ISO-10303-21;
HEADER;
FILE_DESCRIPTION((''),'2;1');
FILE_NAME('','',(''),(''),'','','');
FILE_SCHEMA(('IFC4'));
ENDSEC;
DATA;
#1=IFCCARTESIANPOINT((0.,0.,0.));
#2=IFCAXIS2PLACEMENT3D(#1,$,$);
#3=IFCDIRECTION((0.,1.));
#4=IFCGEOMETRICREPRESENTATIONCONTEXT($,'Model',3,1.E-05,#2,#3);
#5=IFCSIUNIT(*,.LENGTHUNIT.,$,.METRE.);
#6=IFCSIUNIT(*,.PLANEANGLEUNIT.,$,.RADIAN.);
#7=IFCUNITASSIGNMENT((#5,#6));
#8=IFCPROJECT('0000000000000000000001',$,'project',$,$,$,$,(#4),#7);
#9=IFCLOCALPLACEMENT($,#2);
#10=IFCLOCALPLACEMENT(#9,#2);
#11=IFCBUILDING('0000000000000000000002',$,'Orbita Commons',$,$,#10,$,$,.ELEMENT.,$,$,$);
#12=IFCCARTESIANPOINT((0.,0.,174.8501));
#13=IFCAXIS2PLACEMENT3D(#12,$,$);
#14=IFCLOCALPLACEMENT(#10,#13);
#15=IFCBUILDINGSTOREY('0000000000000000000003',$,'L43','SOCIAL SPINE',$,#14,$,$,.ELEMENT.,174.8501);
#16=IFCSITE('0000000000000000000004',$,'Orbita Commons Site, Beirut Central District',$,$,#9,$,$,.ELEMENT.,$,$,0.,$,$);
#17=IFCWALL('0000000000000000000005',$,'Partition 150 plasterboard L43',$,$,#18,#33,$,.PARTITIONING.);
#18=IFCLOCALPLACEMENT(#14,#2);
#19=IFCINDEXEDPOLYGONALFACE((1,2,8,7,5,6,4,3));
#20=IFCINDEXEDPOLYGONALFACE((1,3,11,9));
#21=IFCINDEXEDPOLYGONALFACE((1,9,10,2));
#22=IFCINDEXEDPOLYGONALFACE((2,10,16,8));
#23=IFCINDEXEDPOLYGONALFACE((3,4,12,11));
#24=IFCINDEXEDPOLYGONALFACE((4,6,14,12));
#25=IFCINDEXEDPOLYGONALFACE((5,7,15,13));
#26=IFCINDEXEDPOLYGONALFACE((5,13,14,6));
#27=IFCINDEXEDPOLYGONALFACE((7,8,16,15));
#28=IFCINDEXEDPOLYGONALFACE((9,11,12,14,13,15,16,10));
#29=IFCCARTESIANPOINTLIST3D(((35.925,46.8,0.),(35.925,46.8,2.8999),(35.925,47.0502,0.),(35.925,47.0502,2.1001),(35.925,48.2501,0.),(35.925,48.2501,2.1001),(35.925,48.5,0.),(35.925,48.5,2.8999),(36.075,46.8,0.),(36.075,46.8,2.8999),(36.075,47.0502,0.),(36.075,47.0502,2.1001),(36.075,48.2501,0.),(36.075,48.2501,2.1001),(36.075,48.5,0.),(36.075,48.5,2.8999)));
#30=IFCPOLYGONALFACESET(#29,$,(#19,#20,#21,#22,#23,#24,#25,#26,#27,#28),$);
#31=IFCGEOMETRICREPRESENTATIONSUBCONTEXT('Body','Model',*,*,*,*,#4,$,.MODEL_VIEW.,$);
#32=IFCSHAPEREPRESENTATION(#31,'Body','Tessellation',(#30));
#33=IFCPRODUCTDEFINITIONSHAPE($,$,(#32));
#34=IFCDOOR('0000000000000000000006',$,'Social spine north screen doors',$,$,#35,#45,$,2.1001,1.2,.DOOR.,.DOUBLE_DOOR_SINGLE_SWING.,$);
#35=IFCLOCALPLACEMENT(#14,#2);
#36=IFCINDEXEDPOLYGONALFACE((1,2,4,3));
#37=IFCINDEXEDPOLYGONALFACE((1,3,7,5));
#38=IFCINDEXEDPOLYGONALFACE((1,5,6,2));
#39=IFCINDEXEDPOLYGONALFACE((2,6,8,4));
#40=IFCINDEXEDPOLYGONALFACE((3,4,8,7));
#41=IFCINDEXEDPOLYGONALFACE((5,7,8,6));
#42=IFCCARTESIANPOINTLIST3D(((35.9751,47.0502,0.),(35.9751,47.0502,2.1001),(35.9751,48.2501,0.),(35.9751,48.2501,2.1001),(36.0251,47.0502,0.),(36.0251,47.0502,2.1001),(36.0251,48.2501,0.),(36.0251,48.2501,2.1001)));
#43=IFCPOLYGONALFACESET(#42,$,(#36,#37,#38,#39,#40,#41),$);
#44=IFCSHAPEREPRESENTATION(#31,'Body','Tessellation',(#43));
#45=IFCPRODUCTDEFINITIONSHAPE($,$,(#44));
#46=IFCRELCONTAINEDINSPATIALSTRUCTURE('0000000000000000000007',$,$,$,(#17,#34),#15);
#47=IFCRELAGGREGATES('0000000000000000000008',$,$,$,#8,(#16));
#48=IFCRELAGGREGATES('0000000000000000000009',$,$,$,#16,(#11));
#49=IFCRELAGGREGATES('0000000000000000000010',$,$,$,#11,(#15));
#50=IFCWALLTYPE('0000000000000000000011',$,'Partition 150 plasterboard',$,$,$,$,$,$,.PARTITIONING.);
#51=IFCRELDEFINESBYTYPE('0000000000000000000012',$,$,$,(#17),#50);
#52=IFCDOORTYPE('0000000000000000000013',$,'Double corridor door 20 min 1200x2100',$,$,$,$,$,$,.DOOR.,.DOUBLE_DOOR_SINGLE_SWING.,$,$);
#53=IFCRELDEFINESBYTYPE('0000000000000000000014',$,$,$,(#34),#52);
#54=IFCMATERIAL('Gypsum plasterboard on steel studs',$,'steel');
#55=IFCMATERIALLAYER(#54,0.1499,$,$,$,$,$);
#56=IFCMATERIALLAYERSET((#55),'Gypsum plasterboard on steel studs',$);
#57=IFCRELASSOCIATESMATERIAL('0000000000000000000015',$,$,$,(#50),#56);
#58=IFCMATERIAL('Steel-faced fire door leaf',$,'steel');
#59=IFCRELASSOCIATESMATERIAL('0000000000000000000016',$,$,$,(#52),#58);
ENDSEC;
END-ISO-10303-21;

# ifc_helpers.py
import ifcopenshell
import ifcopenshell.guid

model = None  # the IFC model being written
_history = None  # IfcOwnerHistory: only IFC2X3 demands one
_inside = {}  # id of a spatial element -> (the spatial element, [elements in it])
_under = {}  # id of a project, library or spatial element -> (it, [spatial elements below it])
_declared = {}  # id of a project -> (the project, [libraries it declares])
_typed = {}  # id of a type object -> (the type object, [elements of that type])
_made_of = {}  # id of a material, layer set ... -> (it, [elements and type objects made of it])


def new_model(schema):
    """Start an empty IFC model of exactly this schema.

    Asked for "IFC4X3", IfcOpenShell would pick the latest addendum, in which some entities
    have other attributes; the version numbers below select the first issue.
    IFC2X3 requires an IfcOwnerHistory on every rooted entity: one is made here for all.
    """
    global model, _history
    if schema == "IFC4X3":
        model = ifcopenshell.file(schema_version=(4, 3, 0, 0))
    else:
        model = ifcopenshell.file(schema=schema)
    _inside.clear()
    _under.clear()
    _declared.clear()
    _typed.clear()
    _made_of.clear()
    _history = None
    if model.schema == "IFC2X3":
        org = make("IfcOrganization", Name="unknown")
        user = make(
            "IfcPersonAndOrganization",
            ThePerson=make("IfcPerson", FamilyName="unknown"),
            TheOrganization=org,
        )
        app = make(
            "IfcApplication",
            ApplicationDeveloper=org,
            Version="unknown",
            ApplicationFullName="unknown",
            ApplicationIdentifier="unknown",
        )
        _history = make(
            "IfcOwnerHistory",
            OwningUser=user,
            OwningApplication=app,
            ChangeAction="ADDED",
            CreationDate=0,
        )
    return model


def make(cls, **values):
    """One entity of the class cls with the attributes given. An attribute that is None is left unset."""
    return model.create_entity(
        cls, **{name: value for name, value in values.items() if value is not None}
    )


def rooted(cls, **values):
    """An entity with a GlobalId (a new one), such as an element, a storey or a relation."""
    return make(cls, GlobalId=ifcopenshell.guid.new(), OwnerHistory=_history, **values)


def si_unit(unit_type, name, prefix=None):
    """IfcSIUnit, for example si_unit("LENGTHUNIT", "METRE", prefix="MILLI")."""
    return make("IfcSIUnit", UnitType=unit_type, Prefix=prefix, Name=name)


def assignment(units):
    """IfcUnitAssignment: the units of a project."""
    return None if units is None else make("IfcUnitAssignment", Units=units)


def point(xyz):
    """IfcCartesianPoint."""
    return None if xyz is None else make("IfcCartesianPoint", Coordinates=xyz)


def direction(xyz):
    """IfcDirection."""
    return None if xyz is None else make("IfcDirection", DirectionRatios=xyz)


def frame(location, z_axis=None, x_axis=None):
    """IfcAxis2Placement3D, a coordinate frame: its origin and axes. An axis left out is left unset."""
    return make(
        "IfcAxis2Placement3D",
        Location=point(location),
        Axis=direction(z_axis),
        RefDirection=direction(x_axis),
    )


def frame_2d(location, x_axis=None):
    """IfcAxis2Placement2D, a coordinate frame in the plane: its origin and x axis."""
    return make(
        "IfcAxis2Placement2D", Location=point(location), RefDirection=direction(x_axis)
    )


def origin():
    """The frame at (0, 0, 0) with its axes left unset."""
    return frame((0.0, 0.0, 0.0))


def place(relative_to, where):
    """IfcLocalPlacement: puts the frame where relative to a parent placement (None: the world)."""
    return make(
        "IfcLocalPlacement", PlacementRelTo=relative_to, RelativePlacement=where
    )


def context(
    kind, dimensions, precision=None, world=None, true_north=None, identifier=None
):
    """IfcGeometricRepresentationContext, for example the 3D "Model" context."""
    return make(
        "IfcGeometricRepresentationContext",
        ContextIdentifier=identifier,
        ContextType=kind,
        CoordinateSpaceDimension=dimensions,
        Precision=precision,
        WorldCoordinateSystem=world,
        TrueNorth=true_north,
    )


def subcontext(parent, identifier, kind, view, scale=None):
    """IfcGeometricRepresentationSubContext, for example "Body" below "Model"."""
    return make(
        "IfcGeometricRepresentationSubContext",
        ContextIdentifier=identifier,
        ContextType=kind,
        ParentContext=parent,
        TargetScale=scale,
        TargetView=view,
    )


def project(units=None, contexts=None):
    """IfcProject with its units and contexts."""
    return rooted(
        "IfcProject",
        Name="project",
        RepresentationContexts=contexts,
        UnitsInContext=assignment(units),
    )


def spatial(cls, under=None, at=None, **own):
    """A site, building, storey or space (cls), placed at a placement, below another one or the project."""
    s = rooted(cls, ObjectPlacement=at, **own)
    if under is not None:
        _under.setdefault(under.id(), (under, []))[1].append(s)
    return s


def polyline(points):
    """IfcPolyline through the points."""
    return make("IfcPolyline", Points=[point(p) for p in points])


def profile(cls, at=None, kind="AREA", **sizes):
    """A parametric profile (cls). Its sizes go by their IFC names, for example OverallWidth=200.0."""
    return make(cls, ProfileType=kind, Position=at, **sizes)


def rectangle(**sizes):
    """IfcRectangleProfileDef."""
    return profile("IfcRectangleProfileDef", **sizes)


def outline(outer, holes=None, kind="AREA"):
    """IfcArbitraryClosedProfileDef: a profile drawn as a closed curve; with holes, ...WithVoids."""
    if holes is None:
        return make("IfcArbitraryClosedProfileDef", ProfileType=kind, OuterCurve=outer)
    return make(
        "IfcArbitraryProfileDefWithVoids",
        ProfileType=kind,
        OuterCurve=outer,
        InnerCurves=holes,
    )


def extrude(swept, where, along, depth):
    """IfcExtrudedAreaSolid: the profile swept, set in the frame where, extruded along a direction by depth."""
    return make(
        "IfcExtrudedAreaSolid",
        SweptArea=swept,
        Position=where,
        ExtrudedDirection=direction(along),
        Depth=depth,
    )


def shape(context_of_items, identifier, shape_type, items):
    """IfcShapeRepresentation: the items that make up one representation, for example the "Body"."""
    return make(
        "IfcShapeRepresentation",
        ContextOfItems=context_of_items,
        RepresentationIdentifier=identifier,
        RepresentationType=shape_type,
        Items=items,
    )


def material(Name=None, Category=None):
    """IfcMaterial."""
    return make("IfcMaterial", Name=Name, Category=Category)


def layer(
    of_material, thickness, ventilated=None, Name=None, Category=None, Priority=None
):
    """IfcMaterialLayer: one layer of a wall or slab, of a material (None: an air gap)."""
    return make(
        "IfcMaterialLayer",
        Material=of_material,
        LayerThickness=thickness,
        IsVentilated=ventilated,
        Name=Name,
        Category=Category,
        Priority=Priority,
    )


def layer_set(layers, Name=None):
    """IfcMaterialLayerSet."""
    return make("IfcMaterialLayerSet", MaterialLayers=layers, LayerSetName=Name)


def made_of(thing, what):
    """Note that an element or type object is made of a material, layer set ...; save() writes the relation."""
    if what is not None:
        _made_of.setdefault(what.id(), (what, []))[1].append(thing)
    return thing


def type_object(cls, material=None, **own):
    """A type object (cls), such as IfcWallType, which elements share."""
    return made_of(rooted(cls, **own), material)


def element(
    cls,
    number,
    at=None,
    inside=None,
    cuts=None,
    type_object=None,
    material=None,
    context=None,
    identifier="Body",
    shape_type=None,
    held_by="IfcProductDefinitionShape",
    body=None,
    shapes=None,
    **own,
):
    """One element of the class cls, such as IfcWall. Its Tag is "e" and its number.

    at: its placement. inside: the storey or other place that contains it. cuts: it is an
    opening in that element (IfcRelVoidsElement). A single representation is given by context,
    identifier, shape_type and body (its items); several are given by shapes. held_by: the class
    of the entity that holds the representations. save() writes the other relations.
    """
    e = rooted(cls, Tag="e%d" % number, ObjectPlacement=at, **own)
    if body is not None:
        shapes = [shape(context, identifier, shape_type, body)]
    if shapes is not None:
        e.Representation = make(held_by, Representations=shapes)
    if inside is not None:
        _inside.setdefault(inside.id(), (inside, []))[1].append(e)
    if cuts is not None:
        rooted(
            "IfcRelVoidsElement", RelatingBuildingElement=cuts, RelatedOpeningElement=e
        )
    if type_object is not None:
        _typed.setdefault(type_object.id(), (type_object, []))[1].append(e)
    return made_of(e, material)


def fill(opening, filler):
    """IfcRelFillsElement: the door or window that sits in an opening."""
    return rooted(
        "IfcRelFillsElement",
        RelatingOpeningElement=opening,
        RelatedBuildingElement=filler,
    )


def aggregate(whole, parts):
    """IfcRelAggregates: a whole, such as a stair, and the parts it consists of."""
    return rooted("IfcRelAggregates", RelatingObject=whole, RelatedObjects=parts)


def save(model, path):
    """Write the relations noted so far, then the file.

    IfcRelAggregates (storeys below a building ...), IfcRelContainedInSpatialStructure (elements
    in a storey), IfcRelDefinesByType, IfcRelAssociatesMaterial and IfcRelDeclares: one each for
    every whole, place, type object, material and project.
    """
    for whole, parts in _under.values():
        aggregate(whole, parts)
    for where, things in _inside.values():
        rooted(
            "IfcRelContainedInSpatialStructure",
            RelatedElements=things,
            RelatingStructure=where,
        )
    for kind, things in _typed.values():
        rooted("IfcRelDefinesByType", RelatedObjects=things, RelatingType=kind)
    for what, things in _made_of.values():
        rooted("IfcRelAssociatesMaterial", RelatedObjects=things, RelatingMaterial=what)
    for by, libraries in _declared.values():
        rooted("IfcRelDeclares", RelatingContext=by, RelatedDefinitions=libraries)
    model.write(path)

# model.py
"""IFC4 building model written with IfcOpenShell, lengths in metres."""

from ifc_helpers import new_model, si_unit, direction, frame, frame_2d, origin, place, context, subcontext, project, spatial, polyline, rectangle, outline, extrude, material, layer, layer_set, type_object, element, fill, save


model = new_model("IFC4")

# Units and contexts
model_context = context("Model", 3, precision=1e-05, world=origin(), true_north=direction((0.0, 1.0)))
body_context = subcontext(model_context, "Body", "Model", "MODEL_VIEW")
ifc_project = project(units=[si_unit("LENGTHUNIT", "METRE"), si_unit("PLANEANGLEUNIT", "RADIAN")], contexts=[model_context])

# Site, building, storey
site_placement = place(None, origin())
site = spatial("IfcSite", under=ifc_project, at=site_placement, Name="Orbita Commons Site, Beirut Central District", CompositionType="ELEMENT", RefElevation=0.0)
building_placement = place(site_placement, origin())
building = spatial("IfcBuilding", under=site, at=building_placement, Name="Orbita Commons", CompositionType="ELEMENT")
storey_placement = place(building_placement, frame((0.0, 0.0, 174.8501)))
storey = spatial("IfcBuildingStorey", under=building, at=storey_placement, Name="L43", Description="SOCIAL SPINE", CompositionType="ELEMENT", Elevation=174.8501)

# Wall, opening, door
ifc_material_1 = material(Name="Gypsum plasterboard on steel studs", Category="steel")
ifc_layer_1 = layer(ifc_material_1, 0.1499)
ifc_layer_set_1 = layer_set([ifc_layer_1], Name="Gypsum plasterboard on steel studs")
wall_type_1 = type_object("IfcWallType", Name="Partition 150 plasterboard", PredefinedType="PARTITIONING", material=ifc_layer_set_1)
wall_1_placement = place(storey_placement, frame((36.0, 46.8, 0.0), z_axis=(0.0, 0.0, 1.0), x_axis=(0.0, 1.0, 0.0)))
wall_1 = element("IfcWall", 1, at=wall_1_placement, inside=storey, type_object=wall_type_1, Name="Partition 150 plasterboard L43", PredefinedType="PARTITIONING", context=body_context, shape_type="SweptSolid", body=[
    extrude(outline(polyline([(0.0, 0.0), (1.7, 0.0), (1.7, 2.8999), (0.0, 2.8999), (0.0, 0.0)])), frame((0.0, 0.075, 0.0), z_axis=(0.0, -1.0, 0.0), x_axis=(1.0, 0.0, 0.0)), (0.0, 0.0, 1.0), 0.1499),
])
opening_1_placement = place(wall_1_placement, frame((0.25, 0.0, 0.0)))
opening_1 = element("IfcOpeningElement", 2, at=opening_1_placement, cuts=wall_1, PredefinedType="OPENING", context=body_context, shape_type="SweptSolid", body=[
    extrude(rectangle(XDim=1.2, YDim=2.1001, at=frame_2d((0.6001, 1.05))), frame((0.0, 0.085, 0.0), z_axis=(0.0, -1.0, 0.0), x_axis=(1.0, 0.0, 0.0)), (0.0, 0.0, 1.0), 0.1699),
])
ifc_material_2 = material(Name="Steel-faced fire door leaf", Category="steel")
door_type_1 = type_object("IfcDoorType", Name="Double corridor door 20 min 1200x2100", OperationType="DOUBLE_DOOR_SINGLE_SWING", PredefinedType="DOOR", material=ifc_material_2)
door_1_placement = place(opening_1_placement, origin())
door_1 = element("IfcDoor", 3, at=door_1_placement, inside=storey, type_object=door_type_1, Name="Social spine north screen doors", OperationType="DOUBLE_DOOR_SINGLE_SWING", OverallHeight=2.1001, OverallWidth=1.2, PredefinedType="DOOR", context=body_context, shape_type="SweptSolid", body=[
    extrude(rectangle(XDim=1.2, YDim=2.1001, at=frame_2d((0.6001, 1.05))), frame((0.0, 0.0249, 0.0), z_axis=(0.0, -1.0, 0.0), x_axis=(1.0, 0.0, 0.0)), (0.0, 0.0, 1.0), 0.05),
])
fill(opening_1, door_1)

save(model, "model.ifc")
